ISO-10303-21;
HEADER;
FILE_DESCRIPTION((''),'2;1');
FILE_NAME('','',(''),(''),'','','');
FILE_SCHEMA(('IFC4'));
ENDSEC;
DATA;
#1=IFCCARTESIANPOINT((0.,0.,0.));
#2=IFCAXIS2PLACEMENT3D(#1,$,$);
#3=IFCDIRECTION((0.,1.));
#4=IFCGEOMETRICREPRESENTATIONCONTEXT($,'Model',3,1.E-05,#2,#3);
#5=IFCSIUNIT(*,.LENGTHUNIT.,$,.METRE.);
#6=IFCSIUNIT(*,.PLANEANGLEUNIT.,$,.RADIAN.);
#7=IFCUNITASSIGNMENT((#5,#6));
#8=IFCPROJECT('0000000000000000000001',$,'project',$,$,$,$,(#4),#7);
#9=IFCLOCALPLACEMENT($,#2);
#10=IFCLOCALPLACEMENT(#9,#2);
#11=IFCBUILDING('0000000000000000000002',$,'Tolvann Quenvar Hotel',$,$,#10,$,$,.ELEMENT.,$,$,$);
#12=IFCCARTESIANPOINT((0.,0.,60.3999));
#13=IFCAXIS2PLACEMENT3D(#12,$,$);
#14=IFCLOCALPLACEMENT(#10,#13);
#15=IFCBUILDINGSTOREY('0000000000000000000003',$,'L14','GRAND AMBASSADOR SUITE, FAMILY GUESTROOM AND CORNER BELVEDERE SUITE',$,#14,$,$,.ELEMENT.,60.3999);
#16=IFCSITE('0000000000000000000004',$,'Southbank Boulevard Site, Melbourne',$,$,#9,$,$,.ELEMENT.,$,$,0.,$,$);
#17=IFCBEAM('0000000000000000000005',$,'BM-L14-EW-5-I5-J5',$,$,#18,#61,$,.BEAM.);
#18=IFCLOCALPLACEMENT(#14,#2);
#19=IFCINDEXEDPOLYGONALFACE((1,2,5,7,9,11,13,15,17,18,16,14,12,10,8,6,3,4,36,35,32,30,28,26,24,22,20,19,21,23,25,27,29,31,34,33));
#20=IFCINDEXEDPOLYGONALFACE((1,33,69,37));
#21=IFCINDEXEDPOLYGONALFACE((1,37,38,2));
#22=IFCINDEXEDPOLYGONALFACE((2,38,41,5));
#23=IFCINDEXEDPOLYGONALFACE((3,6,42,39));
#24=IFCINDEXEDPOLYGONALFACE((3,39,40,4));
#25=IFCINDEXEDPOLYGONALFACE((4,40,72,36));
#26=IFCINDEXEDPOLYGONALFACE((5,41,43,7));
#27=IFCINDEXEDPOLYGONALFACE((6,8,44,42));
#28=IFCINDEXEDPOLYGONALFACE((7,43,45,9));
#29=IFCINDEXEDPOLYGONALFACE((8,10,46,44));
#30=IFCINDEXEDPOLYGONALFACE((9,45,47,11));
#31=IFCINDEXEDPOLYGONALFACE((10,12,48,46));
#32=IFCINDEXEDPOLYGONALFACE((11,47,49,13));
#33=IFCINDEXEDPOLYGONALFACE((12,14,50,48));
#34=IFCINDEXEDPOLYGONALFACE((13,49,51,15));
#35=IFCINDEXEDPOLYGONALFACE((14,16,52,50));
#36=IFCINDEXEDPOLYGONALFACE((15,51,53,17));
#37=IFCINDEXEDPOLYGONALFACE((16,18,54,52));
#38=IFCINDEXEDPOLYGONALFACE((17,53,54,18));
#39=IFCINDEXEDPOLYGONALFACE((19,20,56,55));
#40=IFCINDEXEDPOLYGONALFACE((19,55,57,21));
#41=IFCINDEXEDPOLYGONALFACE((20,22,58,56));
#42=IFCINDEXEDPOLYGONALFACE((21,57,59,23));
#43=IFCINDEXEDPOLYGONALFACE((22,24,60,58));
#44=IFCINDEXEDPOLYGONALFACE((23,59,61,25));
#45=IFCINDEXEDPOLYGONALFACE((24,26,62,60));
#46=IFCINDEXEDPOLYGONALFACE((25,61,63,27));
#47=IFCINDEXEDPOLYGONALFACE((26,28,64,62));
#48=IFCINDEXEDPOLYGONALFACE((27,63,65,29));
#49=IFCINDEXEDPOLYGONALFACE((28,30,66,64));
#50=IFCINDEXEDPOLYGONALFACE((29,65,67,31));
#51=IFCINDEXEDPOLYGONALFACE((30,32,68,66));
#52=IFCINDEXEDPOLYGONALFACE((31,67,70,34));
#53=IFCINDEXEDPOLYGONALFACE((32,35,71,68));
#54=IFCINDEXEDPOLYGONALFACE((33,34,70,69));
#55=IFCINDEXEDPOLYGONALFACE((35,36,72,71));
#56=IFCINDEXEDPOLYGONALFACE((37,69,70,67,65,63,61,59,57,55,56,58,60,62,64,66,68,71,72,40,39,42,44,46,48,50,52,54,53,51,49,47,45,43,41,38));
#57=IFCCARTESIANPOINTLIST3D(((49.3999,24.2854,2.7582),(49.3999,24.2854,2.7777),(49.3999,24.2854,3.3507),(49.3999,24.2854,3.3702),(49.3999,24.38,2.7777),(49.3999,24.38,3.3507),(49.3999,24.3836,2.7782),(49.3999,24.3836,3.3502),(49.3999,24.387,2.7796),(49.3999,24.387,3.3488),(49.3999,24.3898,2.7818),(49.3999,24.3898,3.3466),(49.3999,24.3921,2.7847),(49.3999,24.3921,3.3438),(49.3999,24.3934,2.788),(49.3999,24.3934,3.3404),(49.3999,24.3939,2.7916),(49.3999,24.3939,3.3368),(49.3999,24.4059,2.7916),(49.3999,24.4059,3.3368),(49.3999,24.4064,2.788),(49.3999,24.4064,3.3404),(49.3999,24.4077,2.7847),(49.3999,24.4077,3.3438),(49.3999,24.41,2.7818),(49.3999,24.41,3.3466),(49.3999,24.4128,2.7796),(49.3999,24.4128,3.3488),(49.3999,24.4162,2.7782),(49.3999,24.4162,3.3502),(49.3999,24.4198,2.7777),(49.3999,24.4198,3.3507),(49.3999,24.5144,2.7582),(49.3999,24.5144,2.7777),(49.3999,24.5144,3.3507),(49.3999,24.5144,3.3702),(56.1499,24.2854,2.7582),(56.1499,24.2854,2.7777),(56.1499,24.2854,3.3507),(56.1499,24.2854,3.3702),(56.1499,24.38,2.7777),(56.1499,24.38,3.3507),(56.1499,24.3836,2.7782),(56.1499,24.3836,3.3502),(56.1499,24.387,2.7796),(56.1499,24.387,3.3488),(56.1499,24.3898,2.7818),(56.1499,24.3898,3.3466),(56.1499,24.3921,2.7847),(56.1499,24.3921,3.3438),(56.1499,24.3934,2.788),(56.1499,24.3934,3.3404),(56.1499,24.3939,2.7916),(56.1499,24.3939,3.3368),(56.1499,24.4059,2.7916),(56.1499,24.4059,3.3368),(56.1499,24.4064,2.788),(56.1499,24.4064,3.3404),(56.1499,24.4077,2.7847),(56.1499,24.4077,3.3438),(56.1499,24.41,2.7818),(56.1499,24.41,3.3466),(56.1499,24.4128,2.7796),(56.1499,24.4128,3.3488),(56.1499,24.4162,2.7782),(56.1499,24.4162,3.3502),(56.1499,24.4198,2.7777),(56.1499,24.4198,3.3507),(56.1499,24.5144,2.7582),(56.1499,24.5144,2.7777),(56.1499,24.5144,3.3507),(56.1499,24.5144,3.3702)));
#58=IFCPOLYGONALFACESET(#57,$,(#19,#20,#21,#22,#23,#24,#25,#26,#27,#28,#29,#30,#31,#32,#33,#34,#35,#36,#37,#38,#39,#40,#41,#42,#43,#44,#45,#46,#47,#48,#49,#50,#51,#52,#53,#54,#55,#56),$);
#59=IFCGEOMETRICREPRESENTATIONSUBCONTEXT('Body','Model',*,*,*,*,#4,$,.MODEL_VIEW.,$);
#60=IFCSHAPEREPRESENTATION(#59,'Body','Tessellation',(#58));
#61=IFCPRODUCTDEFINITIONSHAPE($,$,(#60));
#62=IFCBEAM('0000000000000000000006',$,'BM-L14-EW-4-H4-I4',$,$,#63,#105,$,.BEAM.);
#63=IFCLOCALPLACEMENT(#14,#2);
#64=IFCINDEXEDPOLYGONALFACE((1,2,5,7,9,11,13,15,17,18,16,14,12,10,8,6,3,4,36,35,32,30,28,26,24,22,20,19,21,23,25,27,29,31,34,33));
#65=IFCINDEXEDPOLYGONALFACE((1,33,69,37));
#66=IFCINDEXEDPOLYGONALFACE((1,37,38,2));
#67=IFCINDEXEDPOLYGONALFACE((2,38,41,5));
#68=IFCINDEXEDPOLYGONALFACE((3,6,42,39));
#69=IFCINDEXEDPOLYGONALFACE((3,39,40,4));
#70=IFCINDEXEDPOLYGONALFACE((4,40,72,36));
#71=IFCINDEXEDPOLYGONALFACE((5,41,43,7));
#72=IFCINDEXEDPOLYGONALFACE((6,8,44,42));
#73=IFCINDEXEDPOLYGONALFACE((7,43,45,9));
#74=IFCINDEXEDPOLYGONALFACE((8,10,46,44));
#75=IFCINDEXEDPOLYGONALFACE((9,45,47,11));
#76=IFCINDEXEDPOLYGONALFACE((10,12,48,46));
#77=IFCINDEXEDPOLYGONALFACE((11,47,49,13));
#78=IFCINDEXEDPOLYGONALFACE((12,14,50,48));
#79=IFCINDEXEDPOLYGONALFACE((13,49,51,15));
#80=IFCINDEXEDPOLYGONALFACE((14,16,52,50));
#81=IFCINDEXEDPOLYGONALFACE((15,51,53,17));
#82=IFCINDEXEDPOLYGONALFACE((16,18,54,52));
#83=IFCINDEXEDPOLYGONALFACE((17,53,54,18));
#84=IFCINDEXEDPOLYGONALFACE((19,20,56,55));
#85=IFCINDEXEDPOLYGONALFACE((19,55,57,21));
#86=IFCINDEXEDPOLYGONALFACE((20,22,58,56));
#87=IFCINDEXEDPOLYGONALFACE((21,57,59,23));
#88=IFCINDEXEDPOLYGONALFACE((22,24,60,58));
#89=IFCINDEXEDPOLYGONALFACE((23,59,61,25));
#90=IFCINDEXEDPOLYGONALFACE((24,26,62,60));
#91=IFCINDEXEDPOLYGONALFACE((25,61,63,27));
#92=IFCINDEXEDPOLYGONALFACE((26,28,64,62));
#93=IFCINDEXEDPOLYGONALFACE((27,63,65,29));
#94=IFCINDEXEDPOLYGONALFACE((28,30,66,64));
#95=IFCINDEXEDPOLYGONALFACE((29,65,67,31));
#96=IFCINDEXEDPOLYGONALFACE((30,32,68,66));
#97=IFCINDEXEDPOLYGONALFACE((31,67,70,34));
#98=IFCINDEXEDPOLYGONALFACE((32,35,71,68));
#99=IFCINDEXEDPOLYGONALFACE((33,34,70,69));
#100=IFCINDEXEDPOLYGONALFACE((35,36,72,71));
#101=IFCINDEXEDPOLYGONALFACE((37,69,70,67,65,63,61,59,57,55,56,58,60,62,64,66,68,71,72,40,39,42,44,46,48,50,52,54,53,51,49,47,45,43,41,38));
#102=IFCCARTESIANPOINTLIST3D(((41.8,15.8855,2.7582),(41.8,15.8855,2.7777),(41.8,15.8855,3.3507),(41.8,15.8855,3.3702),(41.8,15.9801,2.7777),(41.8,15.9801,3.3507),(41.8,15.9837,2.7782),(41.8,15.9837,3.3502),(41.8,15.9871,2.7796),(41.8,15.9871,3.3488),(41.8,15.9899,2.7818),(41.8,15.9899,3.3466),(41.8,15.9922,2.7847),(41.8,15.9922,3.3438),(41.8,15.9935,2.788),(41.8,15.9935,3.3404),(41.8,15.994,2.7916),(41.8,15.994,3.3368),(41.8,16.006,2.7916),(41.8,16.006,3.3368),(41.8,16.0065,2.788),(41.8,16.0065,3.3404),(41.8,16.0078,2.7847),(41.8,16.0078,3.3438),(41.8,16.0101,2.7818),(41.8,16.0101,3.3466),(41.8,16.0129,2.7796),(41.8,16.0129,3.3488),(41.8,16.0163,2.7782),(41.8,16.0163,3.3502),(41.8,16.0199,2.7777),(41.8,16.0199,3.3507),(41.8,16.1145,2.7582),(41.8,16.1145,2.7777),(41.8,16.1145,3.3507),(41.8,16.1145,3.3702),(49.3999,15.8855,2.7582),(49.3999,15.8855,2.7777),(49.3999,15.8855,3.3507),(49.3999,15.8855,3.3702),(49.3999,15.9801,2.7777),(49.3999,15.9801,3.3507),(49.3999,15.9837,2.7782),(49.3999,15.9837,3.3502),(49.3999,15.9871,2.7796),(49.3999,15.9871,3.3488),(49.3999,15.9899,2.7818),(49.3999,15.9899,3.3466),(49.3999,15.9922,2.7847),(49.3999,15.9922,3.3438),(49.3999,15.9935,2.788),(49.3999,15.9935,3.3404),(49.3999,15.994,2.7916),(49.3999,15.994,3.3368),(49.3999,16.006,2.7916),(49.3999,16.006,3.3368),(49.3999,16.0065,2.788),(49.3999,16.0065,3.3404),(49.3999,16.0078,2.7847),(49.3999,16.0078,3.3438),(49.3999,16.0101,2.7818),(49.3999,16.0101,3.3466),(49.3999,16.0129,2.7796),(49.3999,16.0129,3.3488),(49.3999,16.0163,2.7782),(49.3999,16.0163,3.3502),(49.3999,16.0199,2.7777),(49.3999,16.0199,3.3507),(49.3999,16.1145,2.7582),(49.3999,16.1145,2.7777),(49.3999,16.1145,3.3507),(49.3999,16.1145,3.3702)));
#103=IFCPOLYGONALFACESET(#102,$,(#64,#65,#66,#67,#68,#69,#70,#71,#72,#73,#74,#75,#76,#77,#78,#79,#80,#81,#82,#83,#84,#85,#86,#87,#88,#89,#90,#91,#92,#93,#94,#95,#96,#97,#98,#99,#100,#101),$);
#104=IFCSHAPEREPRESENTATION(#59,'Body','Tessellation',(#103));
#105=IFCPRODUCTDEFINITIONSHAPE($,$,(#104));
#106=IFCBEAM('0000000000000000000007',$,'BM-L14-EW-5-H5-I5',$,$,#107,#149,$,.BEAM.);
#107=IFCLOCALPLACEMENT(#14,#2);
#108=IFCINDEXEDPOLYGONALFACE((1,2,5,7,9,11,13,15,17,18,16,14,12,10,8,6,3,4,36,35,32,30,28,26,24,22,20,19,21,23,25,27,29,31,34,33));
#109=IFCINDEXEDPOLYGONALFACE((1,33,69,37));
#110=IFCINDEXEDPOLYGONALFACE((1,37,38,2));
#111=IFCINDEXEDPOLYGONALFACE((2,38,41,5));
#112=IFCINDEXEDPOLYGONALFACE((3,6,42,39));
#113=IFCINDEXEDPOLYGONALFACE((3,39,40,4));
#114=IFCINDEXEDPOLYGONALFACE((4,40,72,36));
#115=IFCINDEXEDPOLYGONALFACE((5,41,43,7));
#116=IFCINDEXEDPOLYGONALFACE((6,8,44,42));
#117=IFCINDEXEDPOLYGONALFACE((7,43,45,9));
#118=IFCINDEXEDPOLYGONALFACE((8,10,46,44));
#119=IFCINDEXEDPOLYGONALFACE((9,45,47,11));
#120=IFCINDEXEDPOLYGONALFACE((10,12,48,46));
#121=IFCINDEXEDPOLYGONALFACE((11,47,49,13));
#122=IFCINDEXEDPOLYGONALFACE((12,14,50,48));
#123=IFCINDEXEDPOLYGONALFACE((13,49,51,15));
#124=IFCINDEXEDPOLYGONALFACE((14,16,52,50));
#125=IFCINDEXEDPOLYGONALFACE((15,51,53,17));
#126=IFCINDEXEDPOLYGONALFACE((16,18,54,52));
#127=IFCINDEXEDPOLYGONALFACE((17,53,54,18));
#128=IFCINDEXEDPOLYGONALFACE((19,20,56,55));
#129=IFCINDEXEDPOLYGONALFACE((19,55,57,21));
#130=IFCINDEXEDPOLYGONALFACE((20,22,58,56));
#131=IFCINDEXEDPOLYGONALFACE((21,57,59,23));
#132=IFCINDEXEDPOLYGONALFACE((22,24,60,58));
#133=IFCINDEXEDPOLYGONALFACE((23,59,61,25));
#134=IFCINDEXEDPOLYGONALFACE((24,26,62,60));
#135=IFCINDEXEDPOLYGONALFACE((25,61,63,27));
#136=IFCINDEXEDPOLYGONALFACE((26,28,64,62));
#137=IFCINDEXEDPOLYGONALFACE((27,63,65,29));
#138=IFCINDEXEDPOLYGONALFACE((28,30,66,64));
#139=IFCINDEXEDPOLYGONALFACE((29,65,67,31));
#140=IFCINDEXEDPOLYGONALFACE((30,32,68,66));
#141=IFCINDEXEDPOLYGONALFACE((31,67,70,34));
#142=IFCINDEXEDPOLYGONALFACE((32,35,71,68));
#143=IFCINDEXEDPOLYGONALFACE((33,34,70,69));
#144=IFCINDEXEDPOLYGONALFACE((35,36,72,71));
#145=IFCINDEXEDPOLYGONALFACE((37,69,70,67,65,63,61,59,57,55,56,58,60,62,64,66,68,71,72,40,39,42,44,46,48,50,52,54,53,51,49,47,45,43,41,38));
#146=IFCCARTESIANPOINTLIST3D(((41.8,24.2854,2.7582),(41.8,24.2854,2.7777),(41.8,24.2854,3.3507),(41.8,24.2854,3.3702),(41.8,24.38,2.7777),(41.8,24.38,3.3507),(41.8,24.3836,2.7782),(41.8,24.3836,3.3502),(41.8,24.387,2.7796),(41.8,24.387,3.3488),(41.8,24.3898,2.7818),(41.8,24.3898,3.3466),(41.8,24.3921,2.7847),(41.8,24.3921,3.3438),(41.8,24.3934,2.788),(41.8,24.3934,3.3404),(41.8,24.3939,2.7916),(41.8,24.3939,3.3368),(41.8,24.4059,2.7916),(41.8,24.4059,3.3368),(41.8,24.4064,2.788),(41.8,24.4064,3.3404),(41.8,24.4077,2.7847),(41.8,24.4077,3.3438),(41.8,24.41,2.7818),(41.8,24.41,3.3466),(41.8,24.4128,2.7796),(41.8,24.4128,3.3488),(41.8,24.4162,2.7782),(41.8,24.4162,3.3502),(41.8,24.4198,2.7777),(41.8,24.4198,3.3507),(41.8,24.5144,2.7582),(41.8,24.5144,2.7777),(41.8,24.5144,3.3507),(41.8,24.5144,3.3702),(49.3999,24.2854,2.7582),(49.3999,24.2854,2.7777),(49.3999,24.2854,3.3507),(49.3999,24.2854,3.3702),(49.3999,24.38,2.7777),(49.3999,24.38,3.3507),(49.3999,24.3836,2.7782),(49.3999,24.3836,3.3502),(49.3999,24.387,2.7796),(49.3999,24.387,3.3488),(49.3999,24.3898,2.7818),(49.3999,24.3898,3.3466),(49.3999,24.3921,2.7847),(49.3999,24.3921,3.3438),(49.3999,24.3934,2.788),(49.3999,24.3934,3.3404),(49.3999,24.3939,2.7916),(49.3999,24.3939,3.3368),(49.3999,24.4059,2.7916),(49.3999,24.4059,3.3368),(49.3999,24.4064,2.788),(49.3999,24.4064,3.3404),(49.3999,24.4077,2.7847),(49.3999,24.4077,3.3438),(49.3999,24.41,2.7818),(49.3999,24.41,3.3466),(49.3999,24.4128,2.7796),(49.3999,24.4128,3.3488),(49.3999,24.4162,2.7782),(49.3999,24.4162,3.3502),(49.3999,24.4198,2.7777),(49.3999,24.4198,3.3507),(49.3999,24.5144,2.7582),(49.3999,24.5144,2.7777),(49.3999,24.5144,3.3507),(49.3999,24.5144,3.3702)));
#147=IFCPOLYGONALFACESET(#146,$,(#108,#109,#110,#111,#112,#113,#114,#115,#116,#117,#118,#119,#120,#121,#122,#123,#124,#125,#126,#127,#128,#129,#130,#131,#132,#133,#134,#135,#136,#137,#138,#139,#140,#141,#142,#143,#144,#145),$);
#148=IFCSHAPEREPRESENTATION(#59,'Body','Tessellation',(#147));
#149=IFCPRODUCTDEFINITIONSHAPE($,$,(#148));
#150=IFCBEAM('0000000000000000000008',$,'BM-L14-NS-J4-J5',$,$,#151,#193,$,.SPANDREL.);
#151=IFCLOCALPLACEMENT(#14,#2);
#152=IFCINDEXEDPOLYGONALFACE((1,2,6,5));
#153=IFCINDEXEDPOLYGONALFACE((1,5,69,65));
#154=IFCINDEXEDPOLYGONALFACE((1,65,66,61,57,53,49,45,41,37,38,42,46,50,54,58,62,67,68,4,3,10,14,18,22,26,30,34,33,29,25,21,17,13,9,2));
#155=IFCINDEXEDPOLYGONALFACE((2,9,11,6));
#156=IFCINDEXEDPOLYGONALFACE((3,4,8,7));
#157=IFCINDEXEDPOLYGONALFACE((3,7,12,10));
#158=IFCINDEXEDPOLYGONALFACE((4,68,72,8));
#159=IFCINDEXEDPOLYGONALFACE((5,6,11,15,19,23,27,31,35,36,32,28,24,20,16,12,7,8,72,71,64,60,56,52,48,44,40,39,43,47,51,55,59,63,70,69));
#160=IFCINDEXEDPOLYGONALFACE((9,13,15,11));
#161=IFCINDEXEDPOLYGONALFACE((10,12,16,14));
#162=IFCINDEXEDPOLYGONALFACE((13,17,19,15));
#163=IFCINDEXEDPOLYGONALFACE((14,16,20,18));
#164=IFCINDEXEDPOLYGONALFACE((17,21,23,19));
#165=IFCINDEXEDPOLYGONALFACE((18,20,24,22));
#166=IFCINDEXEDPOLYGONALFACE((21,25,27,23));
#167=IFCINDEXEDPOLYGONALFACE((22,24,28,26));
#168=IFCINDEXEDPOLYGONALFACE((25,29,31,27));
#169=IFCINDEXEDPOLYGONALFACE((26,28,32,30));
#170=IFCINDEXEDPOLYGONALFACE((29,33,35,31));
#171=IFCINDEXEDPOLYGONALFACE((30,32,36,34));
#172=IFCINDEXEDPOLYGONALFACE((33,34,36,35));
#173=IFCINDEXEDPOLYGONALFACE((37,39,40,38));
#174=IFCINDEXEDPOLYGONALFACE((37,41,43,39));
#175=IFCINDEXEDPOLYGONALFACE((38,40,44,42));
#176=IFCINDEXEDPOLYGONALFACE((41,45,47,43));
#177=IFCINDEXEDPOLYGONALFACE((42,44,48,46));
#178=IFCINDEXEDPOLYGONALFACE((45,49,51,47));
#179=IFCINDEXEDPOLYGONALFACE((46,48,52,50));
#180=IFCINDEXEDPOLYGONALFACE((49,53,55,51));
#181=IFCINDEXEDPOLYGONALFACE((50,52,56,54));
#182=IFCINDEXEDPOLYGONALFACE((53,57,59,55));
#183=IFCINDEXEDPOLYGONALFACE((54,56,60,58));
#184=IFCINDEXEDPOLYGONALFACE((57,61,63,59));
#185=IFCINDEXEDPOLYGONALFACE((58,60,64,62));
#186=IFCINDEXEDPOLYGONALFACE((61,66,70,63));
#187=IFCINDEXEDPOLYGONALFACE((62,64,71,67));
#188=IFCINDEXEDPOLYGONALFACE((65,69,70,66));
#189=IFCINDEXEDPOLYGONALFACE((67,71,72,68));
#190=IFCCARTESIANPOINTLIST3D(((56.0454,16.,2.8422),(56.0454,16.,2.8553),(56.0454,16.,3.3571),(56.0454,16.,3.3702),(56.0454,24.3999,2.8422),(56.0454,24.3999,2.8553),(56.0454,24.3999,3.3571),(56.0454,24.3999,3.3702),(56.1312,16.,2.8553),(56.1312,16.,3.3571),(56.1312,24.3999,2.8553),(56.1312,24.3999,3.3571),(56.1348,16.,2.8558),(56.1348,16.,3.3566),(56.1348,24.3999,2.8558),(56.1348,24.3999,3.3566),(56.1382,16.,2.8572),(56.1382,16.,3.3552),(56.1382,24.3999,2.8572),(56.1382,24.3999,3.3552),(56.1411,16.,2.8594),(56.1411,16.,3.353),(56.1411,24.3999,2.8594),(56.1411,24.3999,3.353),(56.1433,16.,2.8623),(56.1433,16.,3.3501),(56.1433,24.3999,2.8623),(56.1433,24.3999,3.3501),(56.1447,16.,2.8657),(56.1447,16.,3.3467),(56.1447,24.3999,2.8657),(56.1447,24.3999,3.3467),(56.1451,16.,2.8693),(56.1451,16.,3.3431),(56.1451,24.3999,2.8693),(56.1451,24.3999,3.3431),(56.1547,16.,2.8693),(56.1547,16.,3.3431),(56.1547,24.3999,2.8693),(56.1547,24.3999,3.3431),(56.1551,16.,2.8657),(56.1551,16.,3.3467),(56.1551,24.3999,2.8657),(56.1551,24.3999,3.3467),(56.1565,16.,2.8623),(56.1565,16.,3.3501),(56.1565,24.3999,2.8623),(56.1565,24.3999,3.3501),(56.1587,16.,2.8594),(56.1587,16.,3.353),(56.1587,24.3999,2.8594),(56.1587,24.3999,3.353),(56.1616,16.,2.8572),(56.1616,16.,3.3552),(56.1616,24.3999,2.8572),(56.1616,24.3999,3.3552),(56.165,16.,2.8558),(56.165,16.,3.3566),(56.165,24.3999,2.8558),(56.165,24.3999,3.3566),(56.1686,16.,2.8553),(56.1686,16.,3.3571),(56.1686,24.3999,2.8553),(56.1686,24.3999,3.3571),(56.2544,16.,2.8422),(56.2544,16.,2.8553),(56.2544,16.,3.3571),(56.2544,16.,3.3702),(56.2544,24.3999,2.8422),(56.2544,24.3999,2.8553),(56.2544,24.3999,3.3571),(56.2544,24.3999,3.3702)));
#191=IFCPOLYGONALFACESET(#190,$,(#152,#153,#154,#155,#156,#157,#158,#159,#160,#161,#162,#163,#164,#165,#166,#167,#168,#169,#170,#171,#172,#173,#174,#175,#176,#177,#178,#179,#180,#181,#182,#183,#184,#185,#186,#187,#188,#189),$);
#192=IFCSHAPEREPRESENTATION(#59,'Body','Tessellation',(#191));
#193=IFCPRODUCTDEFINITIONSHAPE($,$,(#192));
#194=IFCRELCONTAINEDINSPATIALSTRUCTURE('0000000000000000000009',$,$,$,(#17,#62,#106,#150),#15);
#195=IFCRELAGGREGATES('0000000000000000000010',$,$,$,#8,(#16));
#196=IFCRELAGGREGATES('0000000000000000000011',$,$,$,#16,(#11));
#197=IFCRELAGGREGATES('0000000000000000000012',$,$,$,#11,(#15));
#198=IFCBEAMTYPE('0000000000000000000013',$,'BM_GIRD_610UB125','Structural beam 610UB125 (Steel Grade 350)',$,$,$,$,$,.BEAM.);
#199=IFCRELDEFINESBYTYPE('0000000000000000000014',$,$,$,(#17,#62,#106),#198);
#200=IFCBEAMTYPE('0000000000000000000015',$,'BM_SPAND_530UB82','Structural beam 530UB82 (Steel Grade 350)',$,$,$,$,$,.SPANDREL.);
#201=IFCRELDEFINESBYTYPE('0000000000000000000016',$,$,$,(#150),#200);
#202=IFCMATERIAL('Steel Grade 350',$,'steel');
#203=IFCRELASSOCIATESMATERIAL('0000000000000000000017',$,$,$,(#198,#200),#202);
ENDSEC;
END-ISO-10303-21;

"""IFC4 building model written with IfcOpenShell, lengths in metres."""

from ifc_helpers import new_model, si_unit, direction, frame, origin, origin_2d, place, context, subcontext, project, spatial, i_section, extrude, source, transform, mapped, material, material_profile, profile_set, type_object, type_shapes, element, save


model = new_model("IFC4")

# Units and contexts
model_context = context("Model", 3, precision=1e-05, world=origin(), true_north=direction((0.0, 1.0)))
body_context = subcontext(model_context, "Body", "Model", "MODEL_VIEW")
ifc_project = project(units=[si_unit("LENGTHUNIT", "METRE"), si_unit("PLANEANGLEUNIT", "RADIAN")], contexts=[model_context])

# Site, building, storey
site_placement = place(None, origin())
site = spatial("IfcSite", under=ifc_project, at=site_placement, Name="Southbank Boulevard Site, Melbourne", CompositionType="ELEMENT", RefElevation=0.0)
building_placement = place(site_placement, origin())
building = spatial("IfcBuilding", under=site, at=building_placement, Name="Tolvann Quenvar Hotel", CompositionType="ELEMENT")
storey_placement = place(building_placement, frame((0.0, 0.0, 60.3999)))
storey = spatial("IfcBuildingStorey", under=building, at=storey_placement, Name="L14", Description="GRAND AMBASSADOR SUITE, FAMILY GUESTROOM AND CORNER BELVEDERE SUITE", CompositionType="ELEMENT", Elevation=60.3999)

# Shared definitions
ifc_material_1 = material(Name="Steel Grade 350", Category="steel")

# Beams
ifc_material_profile_1 = material_profile(ifc_material_1, i_section(OverallWidth=0.229, OverallDepth=0.6121, WebThickness=0.012, FlangeThickness=0.0195, FilletRadius=0.0139, at=origin_2d()), Name="610UB125")
ifc_profile_set_1 = profile_set([ifc_material_profile_1], Name="Steel Grade 350")
beam_type_1 = type_object("IfcBeamType", Name="BM_GIRD_610UB125", Description="Structural beam 610UB125 (Steel Grade 350)", PredefinedType="BEAM", material=ifc_profile_set_1)
shared_shape_1 = source(origin(), body_context, "Body", "SweptSolid", [
    extrude(i_section(OverallWidth=0.229, OverallDepth=0.6121, WebThickness=0.012, FlangeThickness=0.0195, FilletRadius=0.0139, at=origin_2d()), origin(), (0.0, 0.0, 1.0), 6.75),
])
for number, where, z_axis, x_axis, name in (
    (1, (49.3999, 24.3999, 3.0642), (1.0, 0.0, 0.0), (0.0, 1.0, 0.0), "BM-L14-EW-5-I5-J5"),
):
    element("IfcBeam", number, at=place(storey_placement, frame(where, z_axis=z_axis, x_axis=x_axis)), inside=storey, type_object=beam_type_1, Name=name, PredefinedType="BEAM", context=body_context, shape_type="MappedRepresentation", body=[
        mapped(shared_shape_1, transform((0.0, 0.0, 0.0), x_axis=(1.0, 0.0, 0.0), y_axis=(0.0, 1.0, 0.0), z_axis=(0.0, 0.0, 1.0), scale=1.0)),
    ])
shared_shape_2 = source(origin(), body_context, "Body", "SweptSolid", [
    extrude(i_section(OverallWidth=0.229, OverallDepth=0.6121, WebThickness=0.012, FlangeThickness=0.0195, FilletRadius=0.0139, at=origin_2d()), origin(), (0.0, 0.0, 1.0), 7.5999),
])
type_shapes(beam_type_1, [shared_shape_1, shared_shape_2])
for number, where, z_axis, x_axis, name in (
    (2, (41.8, 16.0, 3.0642), (1.0, 0.0, 0.0), (0.0, 1.0, 0.0), "BM-L14-EW-4-H4-I4"),
    (3, (41.8, 24.3999, 3.0642), (1.0, 0.0, 0.0), (0.0, 1.0, 0.0), "BM-L14-EW-5-H5-I5"),
):
    element("IfcBeam", number, at=place(storey_placement, frame(where, z_axis=z_axis, x_axis=x_axis)), inside=storey, type_object=beam_type_1, Name=name, PredefinedType="BEAM", context=body_context, shape_type="MappedRepresentation", body=[
        mapped(shared_shape_2, transform((0.0, 0.0, 0.0), x_axis=(1.0, 0.0, 0.0), y_axis=(0.0, 1.0, 0.0), z_axis=(0.0, 0.0, 1.0), scale=1.0)),
    ])
ifc_material_profile_2 = material_profile(ifc_material_1, i_section(OverallWidth=0.209, OverallDepth=0.5281, WebThickness=0.0095, FlangeThickness=0.0132, FilletRadius=0.0139, at=origin_2d()), Name="530UB82")
ifc_profile_set_2 = profile_set([ifc_material_profile_2], Name="Steel Grade 350")
beam_type_2 = type_object("IfcBeamType", Name="BM_SPAND_530UB82", Description="Structural beam 530UB82 (Steel Grade 350)", PredefinedType="SPANDREL", material=ifc_profile_set_2)
shared_shape_3 = source(origin(), body_context, "Body", "SweptSolid", [
    extrude(i_section(OverallWidth=0.209, OverallDepth=0.5281, WebThickness=0.0095, FlangeThickness=0.0132, FilletRadius=0.0139, at=origin_2d()), origin(), (0.0, 0.0, 1.0), 8.3999),
])
type_shapes(beam_type_2, [shared_shape_3])
beam_1_placement = place(storey_placement, frame((56.1499, 16.0, 3.1062), z_axis=(0.0, 1.0, 0.0), x_axis=(-1.0, 0.0, 0.0)))
element("IfcBeam", 4, at=beam_1_placement, inside=storey, type_object=beam_type_2, Name="BM-L14-NS-J4-J5", PredefinedType="SPANDREL", context=body_context, shape_type="MappedRepresentation", body=[
    mapped(shared_shape_3, transform((0.0, 0.0, 0.0), x_axis=(1.0, 0.0, 0.0), y_axis=(0.0, 1.0, 0.0), z_axis=(0.0, 0.0, 1.0), scale=1.0)),
])

save(model, "model.ifc")
